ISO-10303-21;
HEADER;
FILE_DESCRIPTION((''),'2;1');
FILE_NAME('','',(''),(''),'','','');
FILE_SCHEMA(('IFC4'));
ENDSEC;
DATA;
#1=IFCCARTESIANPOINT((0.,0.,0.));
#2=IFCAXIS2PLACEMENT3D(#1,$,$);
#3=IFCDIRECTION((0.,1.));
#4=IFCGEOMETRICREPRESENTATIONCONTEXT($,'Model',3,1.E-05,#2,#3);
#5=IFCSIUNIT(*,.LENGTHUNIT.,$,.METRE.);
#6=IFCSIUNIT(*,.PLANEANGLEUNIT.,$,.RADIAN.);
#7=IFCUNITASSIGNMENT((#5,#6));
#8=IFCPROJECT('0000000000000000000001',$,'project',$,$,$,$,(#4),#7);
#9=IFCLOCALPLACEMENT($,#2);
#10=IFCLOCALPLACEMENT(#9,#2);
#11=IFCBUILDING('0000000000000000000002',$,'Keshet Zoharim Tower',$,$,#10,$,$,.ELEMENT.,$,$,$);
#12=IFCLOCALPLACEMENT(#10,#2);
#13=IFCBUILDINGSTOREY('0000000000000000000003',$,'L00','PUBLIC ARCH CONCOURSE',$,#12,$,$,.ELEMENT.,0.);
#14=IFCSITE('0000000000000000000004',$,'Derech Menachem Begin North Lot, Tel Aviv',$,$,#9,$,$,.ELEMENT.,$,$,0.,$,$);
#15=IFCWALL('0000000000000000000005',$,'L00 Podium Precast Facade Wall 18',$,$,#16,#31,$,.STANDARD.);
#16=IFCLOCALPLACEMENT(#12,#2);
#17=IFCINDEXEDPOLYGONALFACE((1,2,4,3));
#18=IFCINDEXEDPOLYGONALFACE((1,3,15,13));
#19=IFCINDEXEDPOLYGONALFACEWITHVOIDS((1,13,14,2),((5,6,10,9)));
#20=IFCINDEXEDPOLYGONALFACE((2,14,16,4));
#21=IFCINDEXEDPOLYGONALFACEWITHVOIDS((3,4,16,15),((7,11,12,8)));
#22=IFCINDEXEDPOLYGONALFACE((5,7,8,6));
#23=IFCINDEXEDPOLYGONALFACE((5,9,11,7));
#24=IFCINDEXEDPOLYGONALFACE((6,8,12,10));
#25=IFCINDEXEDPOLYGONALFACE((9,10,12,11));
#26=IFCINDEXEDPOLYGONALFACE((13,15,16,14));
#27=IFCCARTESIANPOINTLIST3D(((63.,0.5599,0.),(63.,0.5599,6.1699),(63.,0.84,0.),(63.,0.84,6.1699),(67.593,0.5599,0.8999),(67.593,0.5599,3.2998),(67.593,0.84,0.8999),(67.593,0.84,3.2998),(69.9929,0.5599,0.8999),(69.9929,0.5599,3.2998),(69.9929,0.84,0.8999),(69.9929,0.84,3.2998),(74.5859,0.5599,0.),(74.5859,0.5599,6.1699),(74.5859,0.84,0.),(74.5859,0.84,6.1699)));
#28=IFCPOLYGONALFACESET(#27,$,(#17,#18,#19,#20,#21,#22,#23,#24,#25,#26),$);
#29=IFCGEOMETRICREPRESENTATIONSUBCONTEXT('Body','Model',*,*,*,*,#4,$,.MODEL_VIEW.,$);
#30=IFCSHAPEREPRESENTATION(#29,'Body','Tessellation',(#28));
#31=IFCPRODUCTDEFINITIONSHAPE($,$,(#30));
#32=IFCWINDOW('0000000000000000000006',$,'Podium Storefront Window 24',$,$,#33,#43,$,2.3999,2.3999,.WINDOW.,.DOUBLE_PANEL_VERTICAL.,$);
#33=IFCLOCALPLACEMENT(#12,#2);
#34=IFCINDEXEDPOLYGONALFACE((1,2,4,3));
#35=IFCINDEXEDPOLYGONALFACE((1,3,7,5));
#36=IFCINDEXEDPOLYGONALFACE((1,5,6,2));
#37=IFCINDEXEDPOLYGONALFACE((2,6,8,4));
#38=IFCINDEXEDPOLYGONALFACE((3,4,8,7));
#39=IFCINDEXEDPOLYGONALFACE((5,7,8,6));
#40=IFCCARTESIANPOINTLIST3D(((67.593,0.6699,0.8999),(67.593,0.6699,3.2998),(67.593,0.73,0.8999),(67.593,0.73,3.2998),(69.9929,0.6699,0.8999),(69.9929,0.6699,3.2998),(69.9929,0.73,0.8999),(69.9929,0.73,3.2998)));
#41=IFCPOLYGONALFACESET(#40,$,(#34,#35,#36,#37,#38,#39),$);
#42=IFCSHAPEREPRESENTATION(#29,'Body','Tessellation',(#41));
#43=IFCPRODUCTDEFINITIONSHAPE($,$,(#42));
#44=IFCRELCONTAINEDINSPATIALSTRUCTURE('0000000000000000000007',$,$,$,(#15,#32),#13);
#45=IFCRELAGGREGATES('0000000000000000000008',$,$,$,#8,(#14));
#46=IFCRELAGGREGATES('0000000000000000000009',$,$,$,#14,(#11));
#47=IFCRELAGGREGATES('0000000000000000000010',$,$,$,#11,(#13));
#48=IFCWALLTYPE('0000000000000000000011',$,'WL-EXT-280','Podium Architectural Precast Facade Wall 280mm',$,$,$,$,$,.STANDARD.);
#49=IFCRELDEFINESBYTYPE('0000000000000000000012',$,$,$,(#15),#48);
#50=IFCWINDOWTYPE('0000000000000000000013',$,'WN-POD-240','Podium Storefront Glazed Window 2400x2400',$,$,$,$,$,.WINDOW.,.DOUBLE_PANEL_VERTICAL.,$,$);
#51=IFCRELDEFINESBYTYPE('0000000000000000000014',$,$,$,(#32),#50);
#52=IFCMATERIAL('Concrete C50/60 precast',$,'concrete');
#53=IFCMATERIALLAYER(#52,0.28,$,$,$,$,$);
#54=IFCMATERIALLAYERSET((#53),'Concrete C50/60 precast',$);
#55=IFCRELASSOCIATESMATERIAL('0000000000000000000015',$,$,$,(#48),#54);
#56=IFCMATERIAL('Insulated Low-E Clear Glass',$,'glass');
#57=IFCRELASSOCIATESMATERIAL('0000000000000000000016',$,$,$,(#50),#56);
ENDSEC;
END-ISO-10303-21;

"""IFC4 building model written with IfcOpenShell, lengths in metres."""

from ifc_helpers import new_model, si_unit, direction, frame, frame_2d, origin, place, context, subcontext, project, spatial, rectangle, extrude, material, layer, layer_set, type_object, element, fill, save


model = new_model("IFC4")

# Units and contexts
model_context = context("Model", 3, precision=1e-05, world=origin(), true_north=direction((0.0, 1.0)))
body_context = subcontext(model_context, "Body", "Model", "MODEL_VIEW")
ifc_project = project(units=[si_unit("LENGTHUNIT", "METRE"), si_unit("PLANEANGLEUNIT", "RADIAN")], contexts=[model_context])

# Site, building, storey
site_placement = place(None, origin())
site = spatial("IfcSite", under=ifc_project, at=site_placement, Name="Derech Menachem Begin North Lot, Tel Aviv", CompositionType="ELEMENT", RefElevation=0.0)
building_placement = place(site_placement, origin())
building = spatial("IfcBuilding", under=site, at=building_placement, Name="Keshet Zoharim Tower", CompositionType="ELEMENT")
storey_placement = place(building_placement, origin())
storey = spatial("IfcBuildingStorey", under=building, at=storey_placement, Name="L00", Description="PUBLIC ARCH CONCOURSE", CompositionType="ELEMENT", Elevation=0.0)

# Shared definitions
ifc_material_1 = material(Name="Concrete C50/60 precast", Category="concrete")
ifc_layer = layer(ifc_material_1, 0.28)
ifc_layer_set = layer_set([ifc_layer], Name="Concrete C50/60 precast")
wall_type = type_object("IfcWallType", Name="WL-EXT-280", Description="Podium Architectural Precast Facade Wall 280mm", PredefinedType="STANDARD", material=ifc_layer_set)

# Wall, opening, window
wall_1_placement = place(storey_placement, frame((74.5859, 0.7, 0.0), z_axis=(0.0, 0.0, 1.0), x_axis=(-1.0, 0.0, 0.0)))
wall_1 = element("IfcWall", 1, at=wall_1_placement, inside=storey, type_object=wall_type, Name="L00 Podium Precast Facade Wall 18", PredefinedType="STANDARD", context=body_context, shape_type="SweptSolid", body=[
    extrude(rectangle(XDim=11.5859, YDim=0.28, at=frame_2d((5.793, 0.0))), origin(), (0.0, 0.0, 1.0), 6.1699),
])
opening_placement = place(wall_1_placement, frame((4.593, 0.0, 0.8999)))
opening = element("IfcOpeningElement", 2, at=opening_placement, cuts=wall_1, PredefinedType="OPENING", context=body_context, shape_type="SweptSolid", body=[
    extrude(rectangle(XDim=2.3999, YDim=2.3999, at=frame_2d((1.2, 1.2))), frame((0.0, 0.1499, 0.0), z_axis=(0.0, -1.0, 0.0), x_axis=(1.0, 0.0, 0.0)), (0.0, 0.0, 1.0), 0.3),
])
ifc_material_2 = material(Name="Insulated Low-E Clear Glass", Category="glass")
window_type = type_object("IfcWindowType", Name="WN-POD-240", Description="Podium Storefront Glazed Window 2400x2400", PartitioningType="DOUBLE_PANEL_VERTICAL", PredefinedType="WINDOW", material=ifc_material_2)
window_placement = place(opening_placement, origin())
window = element("IfcWindow", 3, at=window_placement, inside=storey, type_object=window_type, Name="Podium Storefront Window 24", OverallHeight=2.3999, OverallWidth=2.3999, PartitioningType="DOUBLE_PANEL_VERTICAL", PredefinedType="WINDOW", context=body_context, shape_type="SweptSolid", body=[
    extrude(rectangle(XDim=2.3999, YDim=2.3999, at=frame_2d((1.2, 1.2))), frame((0.0, 0.03, 0.0), z_axis=(0.0, -1.0, 0.0), x_axis=(1.0, 0.0, 0.0)), (0.0, 0.0, 1.0), 0.0601),
])
fill(opening, window)

save(model, "model.ifc")
